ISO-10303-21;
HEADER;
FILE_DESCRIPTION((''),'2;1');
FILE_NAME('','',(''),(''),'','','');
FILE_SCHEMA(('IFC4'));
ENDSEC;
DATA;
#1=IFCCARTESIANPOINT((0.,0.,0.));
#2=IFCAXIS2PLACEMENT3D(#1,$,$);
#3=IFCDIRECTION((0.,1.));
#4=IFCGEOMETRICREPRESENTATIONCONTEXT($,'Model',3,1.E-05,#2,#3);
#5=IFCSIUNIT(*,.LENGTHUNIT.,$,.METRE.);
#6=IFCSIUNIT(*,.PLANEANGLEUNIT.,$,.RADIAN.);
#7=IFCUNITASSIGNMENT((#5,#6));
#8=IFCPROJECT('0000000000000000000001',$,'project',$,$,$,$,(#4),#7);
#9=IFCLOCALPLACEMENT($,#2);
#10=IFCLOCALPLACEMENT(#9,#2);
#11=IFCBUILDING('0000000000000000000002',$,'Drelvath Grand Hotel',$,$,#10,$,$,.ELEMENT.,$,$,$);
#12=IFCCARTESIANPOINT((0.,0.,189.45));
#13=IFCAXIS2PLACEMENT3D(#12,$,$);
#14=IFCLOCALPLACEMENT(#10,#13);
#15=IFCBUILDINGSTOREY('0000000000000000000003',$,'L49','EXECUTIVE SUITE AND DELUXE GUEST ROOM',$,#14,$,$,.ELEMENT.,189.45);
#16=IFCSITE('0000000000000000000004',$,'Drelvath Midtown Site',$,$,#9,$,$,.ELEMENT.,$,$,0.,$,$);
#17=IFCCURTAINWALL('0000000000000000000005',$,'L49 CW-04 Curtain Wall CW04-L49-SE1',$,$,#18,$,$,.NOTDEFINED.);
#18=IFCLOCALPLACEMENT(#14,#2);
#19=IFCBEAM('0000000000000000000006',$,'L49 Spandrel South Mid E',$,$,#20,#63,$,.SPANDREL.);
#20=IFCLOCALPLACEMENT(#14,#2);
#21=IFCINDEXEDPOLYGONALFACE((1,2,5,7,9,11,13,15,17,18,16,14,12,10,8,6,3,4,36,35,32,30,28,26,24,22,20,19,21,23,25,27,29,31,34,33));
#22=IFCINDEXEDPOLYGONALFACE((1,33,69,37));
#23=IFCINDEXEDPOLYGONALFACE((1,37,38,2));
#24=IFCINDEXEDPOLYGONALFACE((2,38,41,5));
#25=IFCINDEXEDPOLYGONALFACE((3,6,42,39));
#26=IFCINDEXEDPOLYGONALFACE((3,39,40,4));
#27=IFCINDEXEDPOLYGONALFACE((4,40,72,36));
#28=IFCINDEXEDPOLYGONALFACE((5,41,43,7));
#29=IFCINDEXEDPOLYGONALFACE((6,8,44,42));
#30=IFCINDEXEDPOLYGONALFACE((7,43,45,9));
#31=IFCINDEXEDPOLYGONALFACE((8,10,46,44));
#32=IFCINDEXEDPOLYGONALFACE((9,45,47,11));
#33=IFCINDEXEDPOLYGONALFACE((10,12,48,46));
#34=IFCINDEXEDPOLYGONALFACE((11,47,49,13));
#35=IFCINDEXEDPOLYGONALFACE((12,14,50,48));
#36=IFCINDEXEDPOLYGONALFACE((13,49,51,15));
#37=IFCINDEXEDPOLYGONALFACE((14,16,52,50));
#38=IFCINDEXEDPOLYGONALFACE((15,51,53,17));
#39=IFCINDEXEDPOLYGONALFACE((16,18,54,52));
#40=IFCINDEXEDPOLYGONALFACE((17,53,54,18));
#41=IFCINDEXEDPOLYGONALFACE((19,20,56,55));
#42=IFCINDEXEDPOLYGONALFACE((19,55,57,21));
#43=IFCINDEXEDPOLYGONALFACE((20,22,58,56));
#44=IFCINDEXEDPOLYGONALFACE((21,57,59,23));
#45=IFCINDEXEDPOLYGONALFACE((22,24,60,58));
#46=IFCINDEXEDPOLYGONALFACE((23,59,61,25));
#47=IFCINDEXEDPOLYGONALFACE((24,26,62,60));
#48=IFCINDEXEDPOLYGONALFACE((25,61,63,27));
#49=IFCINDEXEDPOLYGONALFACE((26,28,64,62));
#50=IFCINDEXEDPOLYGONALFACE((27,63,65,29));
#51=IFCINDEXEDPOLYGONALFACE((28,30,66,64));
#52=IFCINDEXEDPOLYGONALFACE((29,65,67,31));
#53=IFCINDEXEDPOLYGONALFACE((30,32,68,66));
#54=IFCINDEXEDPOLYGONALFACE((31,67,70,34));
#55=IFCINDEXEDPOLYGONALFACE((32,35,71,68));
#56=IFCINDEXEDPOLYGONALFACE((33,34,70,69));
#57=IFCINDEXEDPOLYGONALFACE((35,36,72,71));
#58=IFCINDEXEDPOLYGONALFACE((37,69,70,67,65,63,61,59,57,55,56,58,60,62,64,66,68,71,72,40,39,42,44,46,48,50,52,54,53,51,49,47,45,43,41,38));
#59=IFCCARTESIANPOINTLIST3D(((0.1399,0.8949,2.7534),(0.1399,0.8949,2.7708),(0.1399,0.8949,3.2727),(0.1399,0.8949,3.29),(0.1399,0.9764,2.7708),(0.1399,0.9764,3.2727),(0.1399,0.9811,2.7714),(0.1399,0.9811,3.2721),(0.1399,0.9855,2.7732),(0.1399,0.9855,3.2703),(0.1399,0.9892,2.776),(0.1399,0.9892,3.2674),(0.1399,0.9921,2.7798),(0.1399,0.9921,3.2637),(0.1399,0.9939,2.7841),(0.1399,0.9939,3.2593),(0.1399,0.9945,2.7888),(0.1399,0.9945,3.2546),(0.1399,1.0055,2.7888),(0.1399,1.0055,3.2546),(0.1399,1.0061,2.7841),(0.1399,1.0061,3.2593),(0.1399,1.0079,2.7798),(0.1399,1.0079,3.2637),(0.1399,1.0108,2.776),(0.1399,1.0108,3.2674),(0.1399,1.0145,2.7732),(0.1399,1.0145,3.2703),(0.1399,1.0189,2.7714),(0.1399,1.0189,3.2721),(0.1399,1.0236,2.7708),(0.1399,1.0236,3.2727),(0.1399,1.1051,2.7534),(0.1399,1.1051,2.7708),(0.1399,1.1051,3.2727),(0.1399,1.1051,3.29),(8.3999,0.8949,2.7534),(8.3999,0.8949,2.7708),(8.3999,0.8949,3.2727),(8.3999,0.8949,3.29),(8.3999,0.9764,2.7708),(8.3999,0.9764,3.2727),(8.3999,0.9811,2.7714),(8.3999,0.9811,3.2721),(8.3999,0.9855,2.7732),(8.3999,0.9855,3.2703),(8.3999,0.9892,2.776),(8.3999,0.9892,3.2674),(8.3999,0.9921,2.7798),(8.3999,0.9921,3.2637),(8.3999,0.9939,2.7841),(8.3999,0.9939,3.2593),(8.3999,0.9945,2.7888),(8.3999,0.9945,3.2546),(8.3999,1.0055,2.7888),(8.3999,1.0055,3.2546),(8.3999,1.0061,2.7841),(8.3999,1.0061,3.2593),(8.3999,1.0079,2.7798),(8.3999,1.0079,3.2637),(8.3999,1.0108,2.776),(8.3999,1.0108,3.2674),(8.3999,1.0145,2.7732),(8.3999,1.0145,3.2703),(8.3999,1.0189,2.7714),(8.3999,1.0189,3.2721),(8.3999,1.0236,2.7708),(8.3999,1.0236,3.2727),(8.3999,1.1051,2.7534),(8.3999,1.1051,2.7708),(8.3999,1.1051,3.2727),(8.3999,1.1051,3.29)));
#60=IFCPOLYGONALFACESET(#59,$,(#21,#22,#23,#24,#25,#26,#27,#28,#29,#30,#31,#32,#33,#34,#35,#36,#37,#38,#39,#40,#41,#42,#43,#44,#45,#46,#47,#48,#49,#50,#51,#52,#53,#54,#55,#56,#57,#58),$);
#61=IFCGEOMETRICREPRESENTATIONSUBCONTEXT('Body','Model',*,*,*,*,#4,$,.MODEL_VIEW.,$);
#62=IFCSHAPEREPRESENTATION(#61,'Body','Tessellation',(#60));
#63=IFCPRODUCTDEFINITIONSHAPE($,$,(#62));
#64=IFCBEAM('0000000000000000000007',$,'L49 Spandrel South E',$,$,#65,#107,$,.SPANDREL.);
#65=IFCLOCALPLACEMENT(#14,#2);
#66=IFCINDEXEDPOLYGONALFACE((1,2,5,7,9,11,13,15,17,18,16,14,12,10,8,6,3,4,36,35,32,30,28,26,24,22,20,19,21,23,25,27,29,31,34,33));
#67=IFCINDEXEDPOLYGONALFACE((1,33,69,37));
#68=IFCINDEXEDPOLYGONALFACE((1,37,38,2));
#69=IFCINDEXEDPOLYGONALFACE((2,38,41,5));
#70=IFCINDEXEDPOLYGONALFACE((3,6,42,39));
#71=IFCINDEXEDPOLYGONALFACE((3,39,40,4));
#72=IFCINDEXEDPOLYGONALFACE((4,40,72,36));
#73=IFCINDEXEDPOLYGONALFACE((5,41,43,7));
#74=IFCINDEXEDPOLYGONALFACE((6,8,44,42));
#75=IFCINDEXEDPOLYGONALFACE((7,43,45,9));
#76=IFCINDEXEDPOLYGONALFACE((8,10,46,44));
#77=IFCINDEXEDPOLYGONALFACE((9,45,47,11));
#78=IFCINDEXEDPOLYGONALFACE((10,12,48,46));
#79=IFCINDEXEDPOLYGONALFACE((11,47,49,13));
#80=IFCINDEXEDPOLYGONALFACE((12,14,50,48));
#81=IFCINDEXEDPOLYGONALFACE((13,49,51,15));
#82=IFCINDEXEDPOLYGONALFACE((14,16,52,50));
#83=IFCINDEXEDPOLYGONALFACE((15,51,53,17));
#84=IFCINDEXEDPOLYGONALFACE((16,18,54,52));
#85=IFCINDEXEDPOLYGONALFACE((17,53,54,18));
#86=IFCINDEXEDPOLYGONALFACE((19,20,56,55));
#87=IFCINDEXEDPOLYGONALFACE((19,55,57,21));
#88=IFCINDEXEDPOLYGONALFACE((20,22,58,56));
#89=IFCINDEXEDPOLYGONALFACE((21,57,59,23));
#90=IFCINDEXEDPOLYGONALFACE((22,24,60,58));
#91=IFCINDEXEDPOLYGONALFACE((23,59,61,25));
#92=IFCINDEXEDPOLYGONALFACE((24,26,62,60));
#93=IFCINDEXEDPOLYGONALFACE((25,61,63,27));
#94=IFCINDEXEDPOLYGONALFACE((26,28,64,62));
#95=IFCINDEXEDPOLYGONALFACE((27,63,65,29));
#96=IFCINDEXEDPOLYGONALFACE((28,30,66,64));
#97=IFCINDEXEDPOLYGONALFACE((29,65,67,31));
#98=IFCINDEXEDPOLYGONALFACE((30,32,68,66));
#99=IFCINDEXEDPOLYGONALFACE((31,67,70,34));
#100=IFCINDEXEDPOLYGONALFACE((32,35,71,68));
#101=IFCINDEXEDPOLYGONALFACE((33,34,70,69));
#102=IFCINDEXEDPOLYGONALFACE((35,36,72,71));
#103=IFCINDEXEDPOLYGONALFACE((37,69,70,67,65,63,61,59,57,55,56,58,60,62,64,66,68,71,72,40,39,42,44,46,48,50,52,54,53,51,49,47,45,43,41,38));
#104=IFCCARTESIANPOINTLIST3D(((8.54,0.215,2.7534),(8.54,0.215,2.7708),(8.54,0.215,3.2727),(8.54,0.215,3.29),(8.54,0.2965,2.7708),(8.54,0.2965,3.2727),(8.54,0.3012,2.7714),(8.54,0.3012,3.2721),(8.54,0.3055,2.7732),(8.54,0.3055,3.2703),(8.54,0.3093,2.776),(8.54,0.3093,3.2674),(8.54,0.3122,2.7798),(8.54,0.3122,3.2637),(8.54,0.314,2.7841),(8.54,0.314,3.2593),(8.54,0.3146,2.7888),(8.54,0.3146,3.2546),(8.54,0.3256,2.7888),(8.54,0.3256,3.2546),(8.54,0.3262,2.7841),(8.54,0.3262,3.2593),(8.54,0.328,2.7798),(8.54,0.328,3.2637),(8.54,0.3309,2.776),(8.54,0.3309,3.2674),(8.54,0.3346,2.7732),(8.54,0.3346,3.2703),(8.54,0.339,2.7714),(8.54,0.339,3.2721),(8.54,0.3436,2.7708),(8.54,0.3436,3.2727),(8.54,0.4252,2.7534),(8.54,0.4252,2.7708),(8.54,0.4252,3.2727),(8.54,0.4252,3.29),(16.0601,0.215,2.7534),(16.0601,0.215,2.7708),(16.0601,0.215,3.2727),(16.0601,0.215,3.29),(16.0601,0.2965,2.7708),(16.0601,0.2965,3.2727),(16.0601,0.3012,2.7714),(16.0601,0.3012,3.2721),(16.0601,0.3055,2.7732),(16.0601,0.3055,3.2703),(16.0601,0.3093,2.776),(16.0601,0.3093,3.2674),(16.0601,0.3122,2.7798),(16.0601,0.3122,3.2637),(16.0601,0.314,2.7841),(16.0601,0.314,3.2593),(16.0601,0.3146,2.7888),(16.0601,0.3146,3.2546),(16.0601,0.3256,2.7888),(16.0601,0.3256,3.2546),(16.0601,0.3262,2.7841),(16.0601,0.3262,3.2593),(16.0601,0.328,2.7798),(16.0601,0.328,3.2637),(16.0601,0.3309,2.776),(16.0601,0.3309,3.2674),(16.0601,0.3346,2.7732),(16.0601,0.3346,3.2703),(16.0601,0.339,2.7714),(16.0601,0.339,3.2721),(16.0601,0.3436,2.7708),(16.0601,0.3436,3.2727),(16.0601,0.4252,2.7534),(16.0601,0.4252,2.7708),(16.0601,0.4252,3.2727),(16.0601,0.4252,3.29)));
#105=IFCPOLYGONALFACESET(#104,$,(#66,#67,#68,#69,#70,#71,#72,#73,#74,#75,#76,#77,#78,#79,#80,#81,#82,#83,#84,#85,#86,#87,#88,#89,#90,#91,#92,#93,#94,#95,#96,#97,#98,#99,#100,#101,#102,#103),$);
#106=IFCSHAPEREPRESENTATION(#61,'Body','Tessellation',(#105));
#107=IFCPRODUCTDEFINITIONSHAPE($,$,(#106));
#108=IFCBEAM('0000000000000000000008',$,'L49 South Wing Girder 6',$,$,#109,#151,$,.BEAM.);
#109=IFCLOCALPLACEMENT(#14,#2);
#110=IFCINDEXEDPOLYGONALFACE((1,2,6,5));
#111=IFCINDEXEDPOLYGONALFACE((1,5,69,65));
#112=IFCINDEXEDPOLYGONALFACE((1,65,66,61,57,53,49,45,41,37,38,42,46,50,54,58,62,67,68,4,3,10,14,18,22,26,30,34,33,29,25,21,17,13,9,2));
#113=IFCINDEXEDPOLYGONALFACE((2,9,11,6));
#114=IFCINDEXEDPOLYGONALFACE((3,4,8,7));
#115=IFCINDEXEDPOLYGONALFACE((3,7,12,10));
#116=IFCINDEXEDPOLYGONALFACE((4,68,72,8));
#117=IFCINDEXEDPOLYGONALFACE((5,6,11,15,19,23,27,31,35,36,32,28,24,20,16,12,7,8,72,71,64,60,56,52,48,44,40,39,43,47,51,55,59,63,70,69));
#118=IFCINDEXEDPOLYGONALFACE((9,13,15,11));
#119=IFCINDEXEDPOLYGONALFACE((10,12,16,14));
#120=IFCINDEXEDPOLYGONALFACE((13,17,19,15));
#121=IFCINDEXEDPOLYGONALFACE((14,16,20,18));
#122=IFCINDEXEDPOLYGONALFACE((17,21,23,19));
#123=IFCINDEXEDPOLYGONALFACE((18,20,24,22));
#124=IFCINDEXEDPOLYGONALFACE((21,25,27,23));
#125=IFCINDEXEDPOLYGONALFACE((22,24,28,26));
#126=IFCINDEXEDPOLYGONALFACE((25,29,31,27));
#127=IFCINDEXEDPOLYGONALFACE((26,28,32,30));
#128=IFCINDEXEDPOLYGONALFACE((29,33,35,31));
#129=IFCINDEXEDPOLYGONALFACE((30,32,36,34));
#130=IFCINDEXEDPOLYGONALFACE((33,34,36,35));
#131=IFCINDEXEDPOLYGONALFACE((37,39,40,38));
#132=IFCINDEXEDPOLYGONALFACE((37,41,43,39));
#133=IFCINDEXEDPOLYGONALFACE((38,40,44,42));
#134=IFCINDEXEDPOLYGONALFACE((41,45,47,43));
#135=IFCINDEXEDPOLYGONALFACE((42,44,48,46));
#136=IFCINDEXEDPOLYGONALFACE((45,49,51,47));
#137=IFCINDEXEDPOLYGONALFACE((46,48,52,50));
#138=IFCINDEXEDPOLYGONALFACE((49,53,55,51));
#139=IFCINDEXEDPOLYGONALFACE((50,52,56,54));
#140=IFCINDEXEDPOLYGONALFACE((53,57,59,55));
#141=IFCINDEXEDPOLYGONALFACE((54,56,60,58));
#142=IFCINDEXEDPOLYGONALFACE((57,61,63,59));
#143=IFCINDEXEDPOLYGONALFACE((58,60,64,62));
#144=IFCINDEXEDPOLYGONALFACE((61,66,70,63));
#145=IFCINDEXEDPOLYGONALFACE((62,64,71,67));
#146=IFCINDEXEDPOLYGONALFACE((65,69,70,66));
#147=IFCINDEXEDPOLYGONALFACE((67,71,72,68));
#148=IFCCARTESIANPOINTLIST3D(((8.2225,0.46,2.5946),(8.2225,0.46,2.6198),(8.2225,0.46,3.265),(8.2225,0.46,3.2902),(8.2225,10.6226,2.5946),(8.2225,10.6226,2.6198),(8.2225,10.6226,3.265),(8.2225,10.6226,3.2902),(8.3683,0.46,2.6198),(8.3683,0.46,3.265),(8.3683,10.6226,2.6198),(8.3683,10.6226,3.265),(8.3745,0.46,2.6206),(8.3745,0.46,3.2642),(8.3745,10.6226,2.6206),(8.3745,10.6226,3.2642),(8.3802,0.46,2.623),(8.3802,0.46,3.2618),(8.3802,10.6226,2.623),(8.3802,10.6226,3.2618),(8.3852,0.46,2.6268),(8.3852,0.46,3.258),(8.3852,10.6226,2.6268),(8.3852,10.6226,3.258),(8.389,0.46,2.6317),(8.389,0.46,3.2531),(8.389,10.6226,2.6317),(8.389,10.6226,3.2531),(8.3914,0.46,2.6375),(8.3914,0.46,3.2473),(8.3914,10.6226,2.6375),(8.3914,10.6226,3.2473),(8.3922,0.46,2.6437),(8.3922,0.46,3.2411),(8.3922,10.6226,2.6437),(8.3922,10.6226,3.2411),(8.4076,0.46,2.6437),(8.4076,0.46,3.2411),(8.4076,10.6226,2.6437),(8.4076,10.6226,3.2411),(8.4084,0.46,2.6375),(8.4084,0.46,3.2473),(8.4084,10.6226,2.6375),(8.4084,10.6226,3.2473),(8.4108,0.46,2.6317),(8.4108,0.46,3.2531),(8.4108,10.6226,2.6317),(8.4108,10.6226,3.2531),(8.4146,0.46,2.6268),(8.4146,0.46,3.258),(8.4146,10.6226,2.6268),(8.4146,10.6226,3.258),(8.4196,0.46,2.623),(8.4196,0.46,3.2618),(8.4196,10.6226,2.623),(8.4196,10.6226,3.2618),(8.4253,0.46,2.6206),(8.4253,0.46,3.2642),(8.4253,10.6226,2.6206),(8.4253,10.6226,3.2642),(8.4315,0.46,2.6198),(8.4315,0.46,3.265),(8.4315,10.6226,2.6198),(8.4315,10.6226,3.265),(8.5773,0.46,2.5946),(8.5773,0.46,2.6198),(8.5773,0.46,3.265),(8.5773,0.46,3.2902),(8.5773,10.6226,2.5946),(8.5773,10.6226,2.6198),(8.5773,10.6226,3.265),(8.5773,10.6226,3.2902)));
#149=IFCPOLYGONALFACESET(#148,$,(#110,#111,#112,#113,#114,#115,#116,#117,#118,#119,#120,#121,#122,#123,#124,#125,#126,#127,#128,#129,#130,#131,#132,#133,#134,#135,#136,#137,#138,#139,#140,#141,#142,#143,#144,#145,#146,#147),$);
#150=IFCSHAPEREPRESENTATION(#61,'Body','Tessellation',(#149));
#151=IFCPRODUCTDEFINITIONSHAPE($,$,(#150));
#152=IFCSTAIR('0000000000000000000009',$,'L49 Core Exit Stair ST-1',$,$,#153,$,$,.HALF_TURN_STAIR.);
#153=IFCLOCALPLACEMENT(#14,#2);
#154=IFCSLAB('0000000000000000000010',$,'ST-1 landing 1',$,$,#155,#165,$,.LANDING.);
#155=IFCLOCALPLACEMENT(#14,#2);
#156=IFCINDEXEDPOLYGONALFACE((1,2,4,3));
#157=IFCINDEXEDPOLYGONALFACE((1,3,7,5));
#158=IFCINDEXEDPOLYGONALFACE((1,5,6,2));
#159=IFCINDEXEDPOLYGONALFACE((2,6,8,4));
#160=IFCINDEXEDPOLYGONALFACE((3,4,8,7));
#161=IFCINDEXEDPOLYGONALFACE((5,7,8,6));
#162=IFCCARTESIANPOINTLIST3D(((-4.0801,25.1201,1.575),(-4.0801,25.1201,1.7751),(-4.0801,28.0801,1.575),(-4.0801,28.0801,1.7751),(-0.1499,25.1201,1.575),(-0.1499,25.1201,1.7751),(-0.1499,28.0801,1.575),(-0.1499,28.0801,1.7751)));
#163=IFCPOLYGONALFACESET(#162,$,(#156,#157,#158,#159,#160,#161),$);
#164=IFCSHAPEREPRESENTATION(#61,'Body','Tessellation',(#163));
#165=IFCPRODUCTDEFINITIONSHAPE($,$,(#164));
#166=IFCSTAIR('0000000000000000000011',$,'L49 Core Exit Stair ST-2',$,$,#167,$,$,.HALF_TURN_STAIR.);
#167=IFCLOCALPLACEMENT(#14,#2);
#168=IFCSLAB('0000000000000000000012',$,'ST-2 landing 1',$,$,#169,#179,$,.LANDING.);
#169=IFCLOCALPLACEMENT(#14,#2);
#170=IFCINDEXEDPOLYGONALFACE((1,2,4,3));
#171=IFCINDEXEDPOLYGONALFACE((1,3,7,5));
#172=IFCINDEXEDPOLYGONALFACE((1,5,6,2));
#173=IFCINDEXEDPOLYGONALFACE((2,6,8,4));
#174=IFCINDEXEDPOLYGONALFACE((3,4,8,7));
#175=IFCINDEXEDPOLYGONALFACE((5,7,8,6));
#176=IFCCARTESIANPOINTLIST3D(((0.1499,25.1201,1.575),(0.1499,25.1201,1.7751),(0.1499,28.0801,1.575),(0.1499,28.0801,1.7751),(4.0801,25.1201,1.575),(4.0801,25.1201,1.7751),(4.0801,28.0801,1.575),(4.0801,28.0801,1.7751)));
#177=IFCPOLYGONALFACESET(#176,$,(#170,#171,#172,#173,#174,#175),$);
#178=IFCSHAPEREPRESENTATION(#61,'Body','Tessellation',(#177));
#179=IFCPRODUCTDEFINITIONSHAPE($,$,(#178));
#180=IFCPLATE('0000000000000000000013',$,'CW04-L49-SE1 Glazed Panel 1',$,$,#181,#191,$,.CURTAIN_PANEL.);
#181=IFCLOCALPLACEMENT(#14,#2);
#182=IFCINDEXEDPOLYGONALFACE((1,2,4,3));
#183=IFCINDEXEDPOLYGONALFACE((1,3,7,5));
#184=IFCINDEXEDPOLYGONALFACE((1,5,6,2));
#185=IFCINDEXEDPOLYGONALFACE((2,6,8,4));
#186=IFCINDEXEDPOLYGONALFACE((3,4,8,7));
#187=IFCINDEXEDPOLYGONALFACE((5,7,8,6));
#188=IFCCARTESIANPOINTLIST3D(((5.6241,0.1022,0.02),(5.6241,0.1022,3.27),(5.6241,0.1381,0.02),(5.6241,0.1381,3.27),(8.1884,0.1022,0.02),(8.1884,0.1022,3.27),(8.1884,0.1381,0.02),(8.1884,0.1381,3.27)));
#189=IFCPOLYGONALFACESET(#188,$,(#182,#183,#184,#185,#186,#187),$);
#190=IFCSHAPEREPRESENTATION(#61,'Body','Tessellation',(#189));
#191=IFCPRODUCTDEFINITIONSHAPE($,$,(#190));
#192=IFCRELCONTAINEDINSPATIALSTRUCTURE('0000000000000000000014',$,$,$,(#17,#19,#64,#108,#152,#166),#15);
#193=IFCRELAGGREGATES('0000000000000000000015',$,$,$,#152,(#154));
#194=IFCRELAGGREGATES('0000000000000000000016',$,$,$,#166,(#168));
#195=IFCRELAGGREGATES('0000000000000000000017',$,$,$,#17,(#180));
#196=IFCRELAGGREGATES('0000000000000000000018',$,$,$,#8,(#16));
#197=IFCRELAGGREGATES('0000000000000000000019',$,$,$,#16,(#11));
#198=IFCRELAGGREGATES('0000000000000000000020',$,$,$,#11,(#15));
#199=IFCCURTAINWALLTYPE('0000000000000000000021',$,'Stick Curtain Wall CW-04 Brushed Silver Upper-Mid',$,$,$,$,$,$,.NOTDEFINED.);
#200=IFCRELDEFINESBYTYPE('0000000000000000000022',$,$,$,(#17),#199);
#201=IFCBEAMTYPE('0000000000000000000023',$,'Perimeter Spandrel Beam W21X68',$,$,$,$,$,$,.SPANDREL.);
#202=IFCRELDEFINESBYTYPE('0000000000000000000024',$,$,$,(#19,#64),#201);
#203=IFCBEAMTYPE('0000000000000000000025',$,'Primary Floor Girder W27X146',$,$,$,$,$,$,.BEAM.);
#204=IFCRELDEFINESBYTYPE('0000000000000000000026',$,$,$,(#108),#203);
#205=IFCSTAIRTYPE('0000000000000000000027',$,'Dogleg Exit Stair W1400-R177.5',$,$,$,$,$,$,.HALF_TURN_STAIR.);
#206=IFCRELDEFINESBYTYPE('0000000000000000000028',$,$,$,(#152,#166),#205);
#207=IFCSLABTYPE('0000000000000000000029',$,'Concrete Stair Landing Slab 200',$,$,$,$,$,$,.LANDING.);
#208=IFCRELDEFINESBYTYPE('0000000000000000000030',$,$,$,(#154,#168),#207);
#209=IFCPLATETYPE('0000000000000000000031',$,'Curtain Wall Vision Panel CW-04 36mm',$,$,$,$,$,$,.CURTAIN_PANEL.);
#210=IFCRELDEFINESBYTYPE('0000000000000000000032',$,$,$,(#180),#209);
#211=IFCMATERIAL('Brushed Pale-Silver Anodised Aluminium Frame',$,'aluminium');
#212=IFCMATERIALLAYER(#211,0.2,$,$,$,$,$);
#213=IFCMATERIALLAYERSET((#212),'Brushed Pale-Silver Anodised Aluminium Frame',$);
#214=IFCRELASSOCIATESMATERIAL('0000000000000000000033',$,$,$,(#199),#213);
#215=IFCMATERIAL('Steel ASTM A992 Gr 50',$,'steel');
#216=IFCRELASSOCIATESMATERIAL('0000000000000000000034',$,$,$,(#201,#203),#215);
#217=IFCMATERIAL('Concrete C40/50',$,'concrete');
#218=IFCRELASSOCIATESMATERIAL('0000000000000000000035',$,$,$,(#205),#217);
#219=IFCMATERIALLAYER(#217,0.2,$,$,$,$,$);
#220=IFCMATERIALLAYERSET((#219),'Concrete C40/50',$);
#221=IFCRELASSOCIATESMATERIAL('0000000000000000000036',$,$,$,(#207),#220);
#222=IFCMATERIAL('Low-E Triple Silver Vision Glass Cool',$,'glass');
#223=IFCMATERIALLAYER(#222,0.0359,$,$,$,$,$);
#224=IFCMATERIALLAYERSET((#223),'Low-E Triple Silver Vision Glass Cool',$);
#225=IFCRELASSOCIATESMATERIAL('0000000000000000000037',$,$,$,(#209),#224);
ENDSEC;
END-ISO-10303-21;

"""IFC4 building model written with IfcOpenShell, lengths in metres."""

from ifc_helpers import new_model, si_unit, direction, frame, origin, origin_2d, place, context, subcontext, project, spatial, polyline, rectangle, i_section, outline, extrude, material, layer, layer_set, material_profile, profile_set, type_object, element, aggregate, save


model = new_model("IFC4")

# Units and contexts
model_context = context("Model", 3, precision=1e-05, world=origin(), true_north=direction((0.0, 1.0)))
body_context = subcontext(model_context, "Body", "Model", "MODEL_VIEW")
ifc_project = project(units=[si_unit("LENGTHUNIT", "METRE"), si_unit("PLANEANGLEUNIT", "RADIAN")], contexts=[model_context])

# Site, building, storey
site_placement = place(None, origin())
site = spatial("IfcSite", under=ifc_project, at=site_placement, Name="Drelvath Midtown Site", CompositionType="ELEMENT", RefElevation=0.0)
building_placement = place(site_placement, origin())
building = spatial("IfcBuilding", under=site, at=building_placement, Name="Drelvath Grand Hotel", CompositionType="ELEMENT")
storey_placement = place(building_placement, frame((0.0, 0.0, 189.45)))
storey = spatial("IfcBuildingStorey", under=building, at=storey_placement, Name="L49", Description="EXECUTIVE SUITE AND DELUXE GUEST ROOM", CompositionType="ELEMENT", Elevation=189.45)

# Curtain wall
ifc_material_1 = material(Name="Brushed Pale-Silver Anodised Aluminium Frame", Category="aluminium")
ifc_layer_1 = layer(ifc_material_1, 0.2)
ifc_layer_set_1 = layer_set([ifc_layer_1], Name="Brushed Pale-Silver Anodised Aluminium Frame")
curtain_wall_type = type_object("IfcCurtainWallType", Name="Stick Curtain Wall CW-04 Brushed Silver Upper-Mid", PredefinedType="NOTDEFINED", material=ifc_layer_set_1)
curtain_wall_1_placement = place(storey_placement, origin())
curtain_wall_1 = element("IfcCurtainWall", 1, at=curtain_wall_1_placement, inside=storey, type_object=curtain_wall_type, Name="L49 CW-04 Curtain Wall CW04-L49-SE1", PredefinedType="NOTDEFINED")

# Beams
ifc_material_2 = material(Name="Steel ASTM A992 Gr 50", Category="steel")
ifc_material_profile_1 = material_profile(ifc_material_2, i_section(OverallWidth=0.2102, OverallDepth=0.5366, WebThickness=0.011, FlangeThickness=0.0173, FilletRadius=0.0181, at=origin_2d()), Name="W21X68")
ifc_profile_set_1 = profile_set([ifc_material_profile_1], Name="Steel ASTM A992 Gr 50")
beam_type_1 = type_object("IfcBeamType", Name="Perimeter Spandrel Beam W21X68", PredefinedType="SPANDREL", material=ifc_profile_set_1)
beam_1_placement = place(storey_placement, frame((0.1399, 1.0, 3.0217), z_axis=(1.0, 0.0, 0.0), x_axis=(0.0, 1.0, 0.0)))
element("IfcBeam", 2, at=beam_1_placement, inside=storey, type_object=beam_type_1, Name="L49 Spandrel South Mid E", PredefinedType="SPANDREL", context=body_context, shape_type="SweptSolid", body=[
    extrude(i_section(OverallWidth=0.2102, OverallDepth=0.5366, WebThickness=0.011, FlangeThickness=0.0173, FilletRadius=0.0181, at=origin_2d()), origin(), (0.0, 0.0, 1.0), 8.26),
])
beam_2_placement = place(storey_placement, frame((8.54, 0.3201, 3.0217), z_axis=(1.0, 0.0, 0.0), x_axis=(0.0, 1.0, 0.0)))
element("IfcBeam", 3, at=beam_2_placement, inside=storey, type_object=beam_type_1, Name="L49 Spandrel South E", PredefinedType="SPANDREL", context=body_context, shape_type="SweptSolid", body=[
    extrude(i_section(OverallWidth=0.2102, OverallDepth=0.5366, WebThickness=0.011, FlangeThickness=0.0173, FilletRadius=0.0181, at=origin_2d()), origin(), (0.0, 0.0, 1.0), 7.52),
])
ifc_material_profile_2 = material_profile(ifc_material_2, i_section(OverallWidth=0.3547, OverallDepth=0.6956, WebThickness=0.0154, FlangeThickness=0.0251, FilletRadius=0.0239, at=origin_2d()), Name="W27X146")
ifc_profile_set_2 = profile_set([ifc_material_profile_2], Name="Steel ASTM A992 Gr 50")
beam_type_2 = type_object("IfcBeamType", Name="Primary Floor Girder W27X146", PredefinedType="BEAM", material=ifc_profile_set_2)
beam_3_placement = place(storey_placement, frame((8.3999, 0.46, 2.9424), z_axis=(0.0, 1.0, 0.0), x_axis=(-1.0, 0.0, 0.0)))
element("IfcBeam", 4, at=beam_3_placement, inside=storey, type_object=beam_type_2, Name="L49 South Wing Girder 6", PredefinedType="BEAM", context=body_context, shape_type="SweptSolid", body=[
    extrude(i_section(OverallWidth=0.3547, OverallDepth=0.6956, WebThickness=0.0154, FlangeThickness=0.0251, FilletRadius=0.0239, at=origin_2d()), origin(), (0.0, 0.0, 1.0), 10.1626),
])

# Stairs, slabs
ifc_material_3 = material(Name="Concrete C40/50", Category="concrete")
stair_type = type_object("IfcStairType", Name="Dogleg Exit Stair W1400-R177.5", PredefinedType="HALF_TURN_STAIR", material=ifc_material_3)
stair_1_placement = place(storey_placement, origin())
stair_1 = element("IfcStair", 5, at=stair_1_placement, inside=storey, type_object=stair_type, Name="L49 Core Exit Stair ST-1", PredefinedType="HALF_TURN_STAIR")
ifc_layer_2 = layer(ifc_material_3, 0.2)
ifc_layer_set_2 = layer_set([ifc_layer_2], Name="Concrete C40/50")
slab_type = type_object("IfcSlabType", Name="Concrete Stair Landing Slab 200", PredefinedType="LANDING", material=ifc_layer_set_2)
slab_1_placement = place(storey_placement, frame((0.0, 0.0, 1.575)))
slab_1 = element("IfcSlab", 6, at=slab_1_placement, type_object=slab_type, Name="ST-1 landing 1", PredefinedType="LANDING", context=body_context, shape_type="SweptSolid", body=[
    extrude(outline(polyline([(-4.0801, 25.1201), (-0.1499, 25.1201), (-0.1499, 28.0801), (-4.0801, 28.0801), (-4.0801, 25.1201)])), origin(), (0.0, 0.0, 1.0), 0.2002),
])
aggregate(stair_1, [slab_1])
stair_2_placement = place(storey_placement, origin())
stair_2 = element("IfcStair", 7, at=stair_2_placement, inside=storey, type_object=stair_type, Name="L49 Core Exit Stair ST-2", PredefinedType="HALF_TURN_STAIR")
slab_2_placement = place(storey_placement, frame((0.0, 0.0, 1.575)))
slab_2 = element("IfcSlab", 8, at=slab_2_placement, type_object=slab_type, Name="ST-2 landing 1", PredefinedType="LANDING", context=body_context, shape_type="SweptSolid", body=[
    extrude(outline(polyline([(4.0801, 28.0801), (0.1499, 28.0801), (0.1499, 25.1201), (4.0801, 25.1201), (4.0801, 28.0801)])), origin(), (0.0, 0.0, 1.0), 0.2002),
])
aggregate(stair_2, [slab_2])

# Plate
ifc_material_4 = material(Name="Low-E Triple Silver Vision Glass Cool", Category="glass")
ifc_layer_3 = layer(ifc_material_4, 0.0359)
ifc_layer_set_3 = layer_set([ifc_layer_3], Name="Low-E Triple Silver Vision Glass Cool")
plate_type = type_object("IfcPlateType", Name="Curtain Wall Vision Panel CW-04 36mm", PredefinedType="CURTAIN_PANEL", material=ifc_layer_set_3)
plate_1_placement = place(storey_placement, frame((6.9062, 0.1201, 0.02), z_axis=(0.0, 0.0, 1.0), x_axis=(-1.0, 0.0, 0.0)))
plate_1 = element("IfcPlate", 9, at=plate_1_placement, type_object=plate_type, Name="CW04-L49-SE1 Glazed Panel 1", PredefinedType="CURTAIN_PANEL", context=body_context, shape_type="SweptSolid", body=[
    extrude(rectangle(XDim=2.5642, YDim=0.0359, at=origin_2d()), origin(), (0.0, 0.0, 1.0), 3.25),
])
aggregate(curtain_wall_1, [plate_1])

save(model, "model.ifc")
